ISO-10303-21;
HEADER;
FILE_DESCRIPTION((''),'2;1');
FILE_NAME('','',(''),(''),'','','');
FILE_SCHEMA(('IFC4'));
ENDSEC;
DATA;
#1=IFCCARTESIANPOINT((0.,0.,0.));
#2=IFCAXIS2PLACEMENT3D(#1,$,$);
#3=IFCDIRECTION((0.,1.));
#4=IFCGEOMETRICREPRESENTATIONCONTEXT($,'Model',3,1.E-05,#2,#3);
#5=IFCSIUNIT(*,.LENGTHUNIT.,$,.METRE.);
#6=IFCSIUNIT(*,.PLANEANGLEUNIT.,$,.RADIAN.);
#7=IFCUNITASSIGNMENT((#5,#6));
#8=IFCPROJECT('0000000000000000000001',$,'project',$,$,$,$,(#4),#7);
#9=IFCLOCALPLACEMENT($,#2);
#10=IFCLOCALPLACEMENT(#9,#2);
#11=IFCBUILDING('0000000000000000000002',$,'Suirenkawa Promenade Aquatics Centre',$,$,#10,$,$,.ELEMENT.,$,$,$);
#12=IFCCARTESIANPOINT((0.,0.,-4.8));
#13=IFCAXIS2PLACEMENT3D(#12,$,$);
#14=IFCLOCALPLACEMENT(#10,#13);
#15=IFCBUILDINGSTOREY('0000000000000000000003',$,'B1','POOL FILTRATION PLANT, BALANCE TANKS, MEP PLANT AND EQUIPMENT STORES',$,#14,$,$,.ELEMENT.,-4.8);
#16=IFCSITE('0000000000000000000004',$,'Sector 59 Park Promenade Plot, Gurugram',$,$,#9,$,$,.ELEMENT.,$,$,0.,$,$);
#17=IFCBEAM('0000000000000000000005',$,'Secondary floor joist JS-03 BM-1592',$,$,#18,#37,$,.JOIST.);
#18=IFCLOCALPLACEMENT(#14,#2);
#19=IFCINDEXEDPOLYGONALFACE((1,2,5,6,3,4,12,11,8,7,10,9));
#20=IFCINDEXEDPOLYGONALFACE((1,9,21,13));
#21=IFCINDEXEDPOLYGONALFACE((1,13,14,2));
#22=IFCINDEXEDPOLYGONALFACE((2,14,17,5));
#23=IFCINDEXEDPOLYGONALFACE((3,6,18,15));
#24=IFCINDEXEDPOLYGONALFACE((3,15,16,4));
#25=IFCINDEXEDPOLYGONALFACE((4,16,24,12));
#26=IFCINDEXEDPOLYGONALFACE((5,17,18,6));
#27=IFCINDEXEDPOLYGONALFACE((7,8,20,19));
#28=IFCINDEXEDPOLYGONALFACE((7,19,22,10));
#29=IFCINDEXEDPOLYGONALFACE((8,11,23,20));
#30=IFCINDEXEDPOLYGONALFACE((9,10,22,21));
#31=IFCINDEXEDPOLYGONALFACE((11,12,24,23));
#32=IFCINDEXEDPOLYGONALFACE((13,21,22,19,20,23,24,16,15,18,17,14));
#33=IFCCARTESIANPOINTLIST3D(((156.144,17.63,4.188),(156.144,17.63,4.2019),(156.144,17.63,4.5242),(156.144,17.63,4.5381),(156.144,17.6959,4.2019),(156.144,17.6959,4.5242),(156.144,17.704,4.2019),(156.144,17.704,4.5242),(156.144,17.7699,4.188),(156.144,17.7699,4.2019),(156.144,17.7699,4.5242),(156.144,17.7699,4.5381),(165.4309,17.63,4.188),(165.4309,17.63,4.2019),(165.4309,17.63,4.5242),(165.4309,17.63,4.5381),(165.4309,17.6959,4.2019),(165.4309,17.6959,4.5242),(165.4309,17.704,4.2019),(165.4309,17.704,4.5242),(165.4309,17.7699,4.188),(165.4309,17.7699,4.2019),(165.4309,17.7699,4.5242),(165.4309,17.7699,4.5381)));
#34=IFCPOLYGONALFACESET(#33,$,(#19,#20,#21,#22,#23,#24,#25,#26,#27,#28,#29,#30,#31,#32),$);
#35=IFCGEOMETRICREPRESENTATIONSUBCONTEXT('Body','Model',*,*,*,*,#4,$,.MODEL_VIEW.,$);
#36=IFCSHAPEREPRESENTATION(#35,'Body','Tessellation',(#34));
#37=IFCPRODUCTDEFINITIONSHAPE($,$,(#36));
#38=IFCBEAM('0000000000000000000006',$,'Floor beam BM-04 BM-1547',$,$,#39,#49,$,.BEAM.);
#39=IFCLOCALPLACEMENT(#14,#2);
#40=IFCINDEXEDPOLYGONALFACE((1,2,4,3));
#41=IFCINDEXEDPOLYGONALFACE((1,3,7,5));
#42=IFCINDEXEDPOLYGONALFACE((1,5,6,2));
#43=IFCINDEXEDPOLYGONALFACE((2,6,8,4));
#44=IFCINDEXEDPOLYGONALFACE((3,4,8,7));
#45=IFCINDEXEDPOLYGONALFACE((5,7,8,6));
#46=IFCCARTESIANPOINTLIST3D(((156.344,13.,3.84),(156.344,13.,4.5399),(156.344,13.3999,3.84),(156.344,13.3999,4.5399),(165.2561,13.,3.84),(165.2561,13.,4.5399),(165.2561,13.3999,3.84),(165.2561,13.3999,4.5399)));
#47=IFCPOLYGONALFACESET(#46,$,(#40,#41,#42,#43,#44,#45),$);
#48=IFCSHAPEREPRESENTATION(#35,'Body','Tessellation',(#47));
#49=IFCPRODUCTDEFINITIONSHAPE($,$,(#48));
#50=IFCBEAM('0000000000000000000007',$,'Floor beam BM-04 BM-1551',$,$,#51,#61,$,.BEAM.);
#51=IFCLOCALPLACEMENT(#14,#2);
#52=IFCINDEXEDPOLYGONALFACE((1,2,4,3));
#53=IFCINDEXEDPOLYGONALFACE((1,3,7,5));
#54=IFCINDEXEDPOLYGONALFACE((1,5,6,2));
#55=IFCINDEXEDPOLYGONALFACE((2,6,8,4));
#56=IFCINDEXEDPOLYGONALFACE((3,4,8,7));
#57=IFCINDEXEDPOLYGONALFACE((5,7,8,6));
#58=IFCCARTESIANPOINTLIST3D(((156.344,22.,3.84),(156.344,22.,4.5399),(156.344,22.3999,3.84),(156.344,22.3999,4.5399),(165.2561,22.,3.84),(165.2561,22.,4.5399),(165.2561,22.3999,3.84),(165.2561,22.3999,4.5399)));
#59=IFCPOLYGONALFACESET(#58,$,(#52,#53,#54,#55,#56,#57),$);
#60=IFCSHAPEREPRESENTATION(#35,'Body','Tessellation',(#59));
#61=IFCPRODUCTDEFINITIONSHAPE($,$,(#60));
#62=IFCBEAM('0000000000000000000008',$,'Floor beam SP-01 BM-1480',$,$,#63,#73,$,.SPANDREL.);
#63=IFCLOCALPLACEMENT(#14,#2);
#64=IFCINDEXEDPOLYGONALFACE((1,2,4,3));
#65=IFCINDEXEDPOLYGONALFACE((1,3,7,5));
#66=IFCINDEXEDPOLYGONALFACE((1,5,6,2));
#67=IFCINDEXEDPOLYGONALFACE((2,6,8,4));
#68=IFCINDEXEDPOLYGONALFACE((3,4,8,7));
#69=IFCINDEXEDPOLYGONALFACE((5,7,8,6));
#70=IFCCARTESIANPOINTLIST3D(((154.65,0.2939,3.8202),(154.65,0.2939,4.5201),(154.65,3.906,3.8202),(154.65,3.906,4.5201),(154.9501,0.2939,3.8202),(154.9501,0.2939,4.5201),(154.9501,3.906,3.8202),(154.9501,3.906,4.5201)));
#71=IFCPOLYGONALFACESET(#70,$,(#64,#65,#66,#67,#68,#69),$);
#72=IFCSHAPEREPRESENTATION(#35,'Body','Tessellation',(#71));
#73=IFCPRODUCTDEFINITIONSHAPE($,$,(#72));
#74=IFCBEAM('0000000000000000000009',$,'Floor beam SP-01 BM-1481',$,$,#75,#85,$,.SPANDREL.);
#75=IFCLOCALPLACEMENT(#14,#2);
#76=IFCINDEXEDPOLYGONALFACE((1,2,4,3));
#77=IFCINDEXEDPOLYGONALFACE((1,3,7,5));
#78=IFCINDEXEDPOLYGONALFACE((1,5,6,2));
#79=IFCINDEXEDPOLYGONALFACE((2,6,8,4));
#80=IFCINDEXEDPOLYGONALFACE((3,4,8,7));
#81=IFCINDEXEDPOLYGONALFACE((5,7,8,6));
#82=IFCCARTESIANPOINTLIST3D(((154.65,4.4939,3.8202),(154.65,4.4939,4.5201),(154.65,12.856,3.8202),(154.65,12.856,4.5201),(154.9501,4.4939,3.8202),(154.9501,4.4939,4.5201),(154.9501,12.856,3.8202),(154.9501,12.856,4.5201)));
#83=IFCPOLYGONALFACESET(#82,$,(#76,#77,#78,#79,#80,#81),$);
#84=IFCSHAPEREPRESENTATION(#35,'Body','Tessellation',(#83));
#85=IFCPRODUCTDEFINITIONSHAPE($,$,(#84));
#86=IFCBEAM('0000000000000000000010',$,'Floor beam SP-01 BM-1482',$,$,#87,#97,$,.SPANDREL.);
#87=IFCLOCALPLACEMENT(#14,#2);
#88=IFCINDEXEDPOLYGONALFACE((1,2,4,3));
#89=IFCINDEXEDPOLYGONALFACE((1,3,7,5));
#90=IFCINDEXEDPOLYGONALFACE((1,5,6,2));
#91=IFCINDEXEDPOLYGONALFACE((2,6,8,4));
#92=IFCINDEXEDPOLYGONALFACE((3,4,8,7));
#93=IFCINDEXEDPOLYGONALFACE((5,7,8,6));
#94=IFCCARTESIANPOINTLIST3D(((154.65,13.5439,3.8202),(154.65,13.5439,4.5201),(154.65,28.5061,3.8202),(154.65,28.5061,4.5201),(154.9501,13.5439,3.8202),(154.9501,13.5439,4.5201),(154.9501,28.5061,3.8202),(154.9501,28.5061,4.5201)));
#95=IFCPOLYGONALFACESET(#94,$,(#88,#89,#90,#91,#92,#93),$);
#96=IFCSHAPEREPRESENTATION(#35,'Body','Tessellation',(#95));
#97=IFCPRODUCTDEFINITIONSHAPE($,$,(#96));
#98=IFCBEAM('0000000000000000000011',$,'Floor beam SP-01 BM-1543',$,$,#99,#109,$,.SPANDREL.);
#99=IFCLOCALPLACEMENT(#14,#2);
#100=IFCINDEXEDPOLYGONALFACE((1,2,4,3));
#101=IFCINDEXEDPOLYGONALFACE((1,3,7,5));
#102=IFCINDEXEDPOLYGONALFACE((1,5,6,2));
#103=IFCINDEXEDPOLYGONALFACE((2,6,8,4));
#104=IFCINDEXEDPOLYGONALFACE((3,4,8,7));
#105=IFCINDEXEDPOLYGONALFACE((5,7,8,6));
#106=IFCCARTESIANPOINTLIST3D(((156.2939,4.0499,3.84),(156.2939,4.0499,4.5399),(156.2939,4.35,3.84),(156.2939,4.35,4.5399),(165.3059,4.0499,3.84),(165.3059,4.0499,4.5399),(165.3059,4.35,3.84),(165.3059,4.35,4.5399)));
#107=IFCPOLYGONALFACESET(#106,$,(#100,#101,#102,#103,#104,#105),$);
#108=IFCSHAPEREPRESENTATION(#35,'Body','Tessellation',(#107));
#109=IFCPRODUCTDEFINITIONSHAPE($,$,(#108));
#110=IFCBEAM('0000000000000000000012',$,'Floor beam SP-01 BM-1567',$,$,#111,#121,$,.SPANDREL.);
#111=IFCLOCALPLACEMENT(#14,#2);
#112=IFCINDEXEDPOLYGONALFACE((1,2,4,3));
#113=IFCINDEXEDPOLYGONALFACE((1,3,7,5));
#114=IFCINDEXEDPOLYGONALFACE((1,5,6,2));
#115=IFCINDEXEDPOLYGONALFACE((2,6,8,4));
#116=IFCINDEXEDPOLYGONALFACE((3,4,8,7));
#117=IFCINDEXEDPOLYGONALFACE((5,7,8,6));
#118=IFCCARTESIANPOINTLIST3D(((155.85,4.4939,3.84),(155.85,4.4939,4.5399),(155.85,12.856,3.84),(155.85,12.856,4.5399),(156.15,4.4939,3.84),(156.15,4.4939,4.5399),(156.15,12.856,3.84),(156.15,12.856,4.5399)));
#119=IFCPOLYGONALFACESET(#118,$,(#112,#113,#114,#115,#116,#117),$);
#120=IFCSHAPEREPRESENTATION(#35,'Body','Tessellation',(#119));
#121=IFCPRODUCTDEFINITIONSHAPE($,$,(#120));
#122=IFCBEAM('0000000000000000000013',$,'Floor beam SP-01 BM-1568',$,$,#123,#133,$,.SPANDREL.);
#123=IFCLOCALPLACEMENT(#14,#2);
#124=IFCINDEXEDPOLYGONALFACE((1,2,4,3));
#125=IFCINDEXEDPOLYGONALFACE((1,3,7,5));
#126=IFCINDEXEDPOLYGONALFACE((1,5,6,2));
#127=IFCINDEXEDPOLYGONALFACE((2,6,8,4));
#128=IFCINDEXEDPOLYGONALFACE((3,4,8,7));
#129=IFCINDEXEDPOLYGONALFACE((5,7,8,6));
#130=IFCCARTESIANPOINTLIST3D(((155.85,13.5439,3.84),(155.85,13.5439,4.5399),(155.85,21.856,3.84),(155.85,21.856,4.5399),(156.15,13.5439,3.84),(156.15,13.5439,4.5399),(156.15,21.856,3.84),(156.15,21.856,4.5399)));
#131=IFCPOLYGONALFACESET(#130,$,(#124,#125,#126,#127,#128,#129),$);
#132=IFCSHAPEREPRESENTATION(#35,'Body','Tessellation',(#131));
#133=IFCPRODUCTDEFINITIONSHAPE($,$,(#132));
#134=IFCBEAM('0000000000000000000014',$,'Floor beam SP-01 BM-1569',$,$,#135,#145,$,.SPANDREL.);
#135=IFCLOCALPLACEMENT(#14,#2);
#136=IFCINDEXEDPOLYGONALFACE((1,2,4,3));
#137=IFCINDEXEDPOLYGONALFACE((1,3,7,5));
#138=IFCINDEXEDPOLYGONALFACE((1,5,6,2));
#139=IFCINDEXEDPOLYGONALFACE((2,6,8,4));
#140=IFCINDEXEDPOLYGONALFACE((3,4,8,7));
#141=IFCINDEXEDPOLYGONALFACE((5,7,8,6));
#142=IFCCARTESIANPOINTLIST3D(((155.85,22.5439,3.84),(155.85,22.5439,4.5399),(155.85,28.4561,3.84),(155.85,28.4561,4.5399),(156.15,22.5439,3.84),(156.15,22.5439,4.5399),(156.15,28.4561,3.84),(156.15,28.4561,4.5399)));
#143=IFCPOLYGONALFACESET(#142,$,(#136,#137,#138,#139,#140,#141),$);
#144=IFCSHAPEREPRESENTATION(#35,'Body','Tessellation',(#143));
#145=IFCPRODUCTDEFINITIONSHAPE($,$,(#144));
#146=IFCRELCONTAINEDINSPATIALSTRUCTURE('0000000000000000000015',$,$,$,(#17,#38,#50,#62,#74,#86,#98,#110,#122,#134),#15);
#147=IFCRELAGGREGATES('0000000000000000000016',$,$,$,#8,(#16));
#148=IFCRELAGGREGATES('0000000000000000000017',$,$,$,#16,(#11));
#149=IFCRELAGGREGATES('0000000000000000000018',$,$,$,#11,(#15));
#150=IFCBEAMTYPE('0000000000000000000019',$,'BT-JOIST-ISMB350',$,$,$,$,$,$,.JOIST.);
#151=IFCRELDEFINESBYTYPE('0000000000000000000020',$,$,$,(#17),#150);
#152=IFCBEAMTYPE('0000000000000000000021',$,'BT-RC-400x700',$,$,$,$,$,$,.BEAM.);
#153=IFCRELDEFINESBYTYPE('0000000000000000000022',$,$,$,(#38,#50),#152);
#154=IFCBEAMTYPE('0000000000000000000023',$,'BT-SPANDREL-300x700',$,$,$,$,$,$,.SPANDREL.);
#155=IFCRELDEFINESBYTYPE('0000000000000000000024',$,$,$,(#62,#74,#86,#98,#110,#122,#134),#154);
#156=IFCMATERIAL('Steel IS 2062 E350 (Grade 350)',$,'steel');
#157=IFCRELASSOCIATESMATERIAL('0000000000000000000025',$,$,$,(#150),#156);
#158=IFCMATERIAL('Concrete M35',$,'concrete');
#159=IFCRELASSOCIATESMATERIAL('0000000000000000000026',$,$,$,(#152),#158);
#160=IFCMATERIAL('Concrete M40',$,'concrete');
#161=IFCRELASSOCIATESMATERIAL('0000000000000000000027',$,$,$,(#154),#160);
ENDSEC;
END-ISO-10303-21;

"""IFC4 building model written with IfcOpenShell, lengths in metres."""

from ifc_helpers import new_model, si_unit, direction, frame, origin, origin_2d, place, context, subcontext, project, spatial, rectangle, i_section, extrude, material, material_profile, profile_set, type_object, element, save


model = new_model("IFC4")

# Units and contexts
model_context = context("Model", 3, precision=1e-05, world=origin(), true_north=direction((0.0, 1.0)))
body_context = subcontext(model_context, "Body", "Model", "MODEL_VIEW")
ifc_project = project(units=[si_unit("LENGTHUNIT", "METRE"), si_unit("PLANEANGLEUNIT", "RADIAN")], contexts=[model_context])

# Site, building, storey
site_placement = place(None, origin())
site = spatial("IfcSite", under=ifc_project, at=site_placement, Name="Sector 59 Park Promenade Plot, Gurugram", CompositionType="ELEMENT", RefElevation=0.0)
building_placement = place(site_placement, origin())
building = spatial("IfcBuilding", under=site, at=building_placement, Name="Suirenkawa Promenade Aquatics Centre", CompositionType="ELEMENT")
storey_placement = place(building_placement, frame((0.0, 0.0, -4.8)))
storey = spatial("IfcBuildingStorey", under=building, at=storey_placement, Name="B1", Description="POOL FILTRATION PLANT, BALANCE TANKS, MEP PLANT AND EQUIPMENT STORES", CompositionType="ELEMENT", Elevation=-4.8)

# Shared definitions
ifc_material_1 = material(Name="Concrete M35", Category="concrete")

# Shared definitions
ifc_material_2 = material(Name="Concrete M40", Category="concrete")

# Beams
ifc_material_3 = material(Name="Steel IS 2062 E350 (Grade 350)", Category="steel")
ifc_material_profile_1 = material_profile(ifc_material_3, i_section(OverallWidth=0.1399, OverallDepth=0.3501, WebThickness=0.0081, FlangeThickness=0.0139, at=origin_2d()), Name="ISMB 350", Category="steel")
ifc_profile_set_1 = profile_set([ifc_material_profile_1], Name="Steel IS 2062 E350 (Grade 350)")
beam_type_1 = type_object("IfcBeamType", Name="BT-JOIST-ISMB350", PredefinedType="JOIST", material=ifc_profile_set_1)
for number, where, z_axis, x_axis, name in (
    (1, (156.144, 17.7, 4.363), (1.0, 0.0, 0.0), (0.0, 1.0, 0.0), "Secondary floor joist JS-03 BM-1592"),
):
    element("IfcBeam", number, at=place(storey_placement, frame(where, z_axis=z_axis, x_axis=x_axis)), inside=storey, type_object=beam_type_1, Name=name, PredefinedType="JOIST", context=body_context, shape_type="SweptSolid", body=[
        extrude(i_section(OverallWidth=0.1399, OverallDepth=0.3501, WebThickness=0.0081, FlangeThickness=0.0139, at=origin_2d()), origin(), (0.0, 0.0, 1.0), 9.2869),
    ])
ifc_material_profile_2 = material_profile(ifc_material_1, rectangle(XDim=0.3999, YDim=0.7, at=origin_2d()), Name="RC BM 400x700", Category="concrete")
ifc_profile_set_2 = profile_set([ifc_material_profile_2], Name="Concrete M35")
beam_type_2 = type_object("IfcBeamType", Name="BT-RC-400x700", PredefinedType="BEAM", material=ifc_profile_set_2)
for number, where, z_axis, x_axis, name in (
    (2, (156.344, 13.2, 4.1899), (1.0, 0.0, 0.0), (0.0, 1.0, 0.0), "Floor beam BM-04 BM-1547"),
    (3, (156.344, 22.2, 4.1899), (1.0, 0.0, 0.0), (0.0, 1.0, 0.0), "Floor beam BM-04 BM-1551"),
):
    element("IfcBeam", number, at=place(storey_placement, frame(where, z_axis=z_axis, x_axis=x_axis)), inside=storey, type_object=beam_type_2, Name=name, PredefinedType="BEAM", context=body_context, shape_type="SweptSolid", body=[
        extrude(rectangle(XDim=0.3999, YDim=0.7, at=origin_2d()), origin(), (0.0, 0.0, 1.0), 8.9121),
    ])
ifc_material_profile_3 = material_profile(ifc_material_2, rectangle(XDim=0.3, YDim=0.7, at=origin_2d()), Name="RC SPANDREL 300x700", Category="concrete")
ifc_profile_set_3 = profile_set([ifc_material_profile_3], Name="Concrete M40")
beam_type_3 = type_object("IfcBeamType", Name="BT-SPANDREL-300x700", PredefinedType="SPANDREL", material=ifc_profile_set_3)
beam_1_placement = place(storey_placement, frame((154.8, 0.2939, 4.1702), z_axis=(0.0, 1.0, 0.0), x_axis=(-1.0, 0.0, 0.0)))
element("IfcBeam", 4, at=beam_1_placement, inside=storey, type_object=beam_type_3, Name="Floor beam SP-01 BM-1480", PredefinedType="SPANDREL", context=body_context, shape_type="SweptSolid", body=[
    extrude(rectangle(XDim=0.3, YDim=0.7, at=origin_2d()), origin(), (0.0, 0.0, 1.0), 3.6121),
])
beam_2_placement = place(storey_placement, frame((154.8, 4.4939, 4.1702), z_axis=(0.0, 1.0, 0.0), x_axis=(-1.0, 0.0, 0.0)))
element("IfcBeam", 5, at=beam_2_placement, inside=storey, type_object=beam_type_3, Name="Floor beam SP-01 BM-1481", PredefinedType="SPANDREL", context=body_context, shape_type="SweptSolid", body=[
    extrude(rectangle(XDim=0.3, YDim=0.7, at=origin_2d()), origin(), (0.0, 0.0, 1.0), 8.3621),
])
beam_3_placement = place(storey_placement, frame((154.8, 13.5439, 4.1702), z_axis=(0.0, 1.0, 0.0), x_axis=(-1.0, 0.0, 0.0)))
element("IfcBeam", 6, at=beam_3_placement, inside=storey, type_object=beam_type_3, Name="Floor beam SP-01 BM-1482", PredefinedType="SPANDREL", context=body_context, shape_type="SweptSolid", body=[
    extrude(rectangle(XDim=0.3, YDim=0.7, at=origin_2d()), origin(), (0.0, 0.0, 1.0), 14.9622),
])
beam_4_placement = place(storey_placement, frame((156.2939, 4.2, 4.1899), z_axis=(1.0, 0.0, 0.0), x_axis=(0.0, 1.0, 0.0)))
element("IfcBeam", 7, at=beam_4_placement, inside=storey, type_object=beam_type_3, Name="Floor beam SP-01 BM-1543", PredefinedType="SPANDREL", context=body_context, shape_type="SweptSolid", body=[
    extrude(rectangle(XDim=0.3, YDim=0.7, at=origin_2d()), origin(), (0.0, 0.0, 1.0), 9.012),
])
beam_5_placement = place(storey_placement, frame((156.0, 4.4939, 4.1899), z_axis=(0.0, 1.0, 0.0), x_axis=(-1.0, 0.0, 0.0)))
element("IfcBeam", 8, at=beam_5_placement, inside=storey, type_object=beam_type_3, Name="Floor beam SP-01 BM-1567", PredefinedType="SPANDREL", context=body_context, shape_type="SweptSolid", body=[
    extrude(rectangle(XDim=0.3, YDim=0.7, at=origin_2d()), origin(), (0.0, 0.0, 1.0), 8.3621),
])
beam_6_placement = place(storey_placement, frame((156.0, 13.5439, 4.1899), z_axis=(0.0, 1.0, 0.0), x_axis=(-1.0, 0.0, 0.0)))
element("IfcBeam", 9, at=beam_6_placement, inside=storey, type_object=beam_type_3, Name="Floor beam SP-01 BM-1568", PredefinedType="SPANDREL", context=body_context, shape_type="SweptSolid", body=[
    extrude(rectangle(XDim=0.3, YDim=0.7, at=origin_2d()), origin(), (0.0, 0.0, 1.0), 8.312),
])
beam_7_placement = place(storey_placement, frame((156.0, 22.5439, 4.1899), z_axis=(0.0, 1.0, 0.0), x_axis=(-1.0, 0.0, 0.0)))
element("IfcBeam", 10, at=beam_7_placement, inside=storey, type_object=beam_type_3, Name="Floor beam SP-01 BM-1569", PredefinedType="SPANDREL", context=body_context, shape_type="SweptSolid", body=[
    extrude(rectangle(XDim=0.3, YDim=0.7, at=origin_2d()), origin(), (0.0, 0.0, 1.0), 5.9121),
])

save(model, "model.ifc")
